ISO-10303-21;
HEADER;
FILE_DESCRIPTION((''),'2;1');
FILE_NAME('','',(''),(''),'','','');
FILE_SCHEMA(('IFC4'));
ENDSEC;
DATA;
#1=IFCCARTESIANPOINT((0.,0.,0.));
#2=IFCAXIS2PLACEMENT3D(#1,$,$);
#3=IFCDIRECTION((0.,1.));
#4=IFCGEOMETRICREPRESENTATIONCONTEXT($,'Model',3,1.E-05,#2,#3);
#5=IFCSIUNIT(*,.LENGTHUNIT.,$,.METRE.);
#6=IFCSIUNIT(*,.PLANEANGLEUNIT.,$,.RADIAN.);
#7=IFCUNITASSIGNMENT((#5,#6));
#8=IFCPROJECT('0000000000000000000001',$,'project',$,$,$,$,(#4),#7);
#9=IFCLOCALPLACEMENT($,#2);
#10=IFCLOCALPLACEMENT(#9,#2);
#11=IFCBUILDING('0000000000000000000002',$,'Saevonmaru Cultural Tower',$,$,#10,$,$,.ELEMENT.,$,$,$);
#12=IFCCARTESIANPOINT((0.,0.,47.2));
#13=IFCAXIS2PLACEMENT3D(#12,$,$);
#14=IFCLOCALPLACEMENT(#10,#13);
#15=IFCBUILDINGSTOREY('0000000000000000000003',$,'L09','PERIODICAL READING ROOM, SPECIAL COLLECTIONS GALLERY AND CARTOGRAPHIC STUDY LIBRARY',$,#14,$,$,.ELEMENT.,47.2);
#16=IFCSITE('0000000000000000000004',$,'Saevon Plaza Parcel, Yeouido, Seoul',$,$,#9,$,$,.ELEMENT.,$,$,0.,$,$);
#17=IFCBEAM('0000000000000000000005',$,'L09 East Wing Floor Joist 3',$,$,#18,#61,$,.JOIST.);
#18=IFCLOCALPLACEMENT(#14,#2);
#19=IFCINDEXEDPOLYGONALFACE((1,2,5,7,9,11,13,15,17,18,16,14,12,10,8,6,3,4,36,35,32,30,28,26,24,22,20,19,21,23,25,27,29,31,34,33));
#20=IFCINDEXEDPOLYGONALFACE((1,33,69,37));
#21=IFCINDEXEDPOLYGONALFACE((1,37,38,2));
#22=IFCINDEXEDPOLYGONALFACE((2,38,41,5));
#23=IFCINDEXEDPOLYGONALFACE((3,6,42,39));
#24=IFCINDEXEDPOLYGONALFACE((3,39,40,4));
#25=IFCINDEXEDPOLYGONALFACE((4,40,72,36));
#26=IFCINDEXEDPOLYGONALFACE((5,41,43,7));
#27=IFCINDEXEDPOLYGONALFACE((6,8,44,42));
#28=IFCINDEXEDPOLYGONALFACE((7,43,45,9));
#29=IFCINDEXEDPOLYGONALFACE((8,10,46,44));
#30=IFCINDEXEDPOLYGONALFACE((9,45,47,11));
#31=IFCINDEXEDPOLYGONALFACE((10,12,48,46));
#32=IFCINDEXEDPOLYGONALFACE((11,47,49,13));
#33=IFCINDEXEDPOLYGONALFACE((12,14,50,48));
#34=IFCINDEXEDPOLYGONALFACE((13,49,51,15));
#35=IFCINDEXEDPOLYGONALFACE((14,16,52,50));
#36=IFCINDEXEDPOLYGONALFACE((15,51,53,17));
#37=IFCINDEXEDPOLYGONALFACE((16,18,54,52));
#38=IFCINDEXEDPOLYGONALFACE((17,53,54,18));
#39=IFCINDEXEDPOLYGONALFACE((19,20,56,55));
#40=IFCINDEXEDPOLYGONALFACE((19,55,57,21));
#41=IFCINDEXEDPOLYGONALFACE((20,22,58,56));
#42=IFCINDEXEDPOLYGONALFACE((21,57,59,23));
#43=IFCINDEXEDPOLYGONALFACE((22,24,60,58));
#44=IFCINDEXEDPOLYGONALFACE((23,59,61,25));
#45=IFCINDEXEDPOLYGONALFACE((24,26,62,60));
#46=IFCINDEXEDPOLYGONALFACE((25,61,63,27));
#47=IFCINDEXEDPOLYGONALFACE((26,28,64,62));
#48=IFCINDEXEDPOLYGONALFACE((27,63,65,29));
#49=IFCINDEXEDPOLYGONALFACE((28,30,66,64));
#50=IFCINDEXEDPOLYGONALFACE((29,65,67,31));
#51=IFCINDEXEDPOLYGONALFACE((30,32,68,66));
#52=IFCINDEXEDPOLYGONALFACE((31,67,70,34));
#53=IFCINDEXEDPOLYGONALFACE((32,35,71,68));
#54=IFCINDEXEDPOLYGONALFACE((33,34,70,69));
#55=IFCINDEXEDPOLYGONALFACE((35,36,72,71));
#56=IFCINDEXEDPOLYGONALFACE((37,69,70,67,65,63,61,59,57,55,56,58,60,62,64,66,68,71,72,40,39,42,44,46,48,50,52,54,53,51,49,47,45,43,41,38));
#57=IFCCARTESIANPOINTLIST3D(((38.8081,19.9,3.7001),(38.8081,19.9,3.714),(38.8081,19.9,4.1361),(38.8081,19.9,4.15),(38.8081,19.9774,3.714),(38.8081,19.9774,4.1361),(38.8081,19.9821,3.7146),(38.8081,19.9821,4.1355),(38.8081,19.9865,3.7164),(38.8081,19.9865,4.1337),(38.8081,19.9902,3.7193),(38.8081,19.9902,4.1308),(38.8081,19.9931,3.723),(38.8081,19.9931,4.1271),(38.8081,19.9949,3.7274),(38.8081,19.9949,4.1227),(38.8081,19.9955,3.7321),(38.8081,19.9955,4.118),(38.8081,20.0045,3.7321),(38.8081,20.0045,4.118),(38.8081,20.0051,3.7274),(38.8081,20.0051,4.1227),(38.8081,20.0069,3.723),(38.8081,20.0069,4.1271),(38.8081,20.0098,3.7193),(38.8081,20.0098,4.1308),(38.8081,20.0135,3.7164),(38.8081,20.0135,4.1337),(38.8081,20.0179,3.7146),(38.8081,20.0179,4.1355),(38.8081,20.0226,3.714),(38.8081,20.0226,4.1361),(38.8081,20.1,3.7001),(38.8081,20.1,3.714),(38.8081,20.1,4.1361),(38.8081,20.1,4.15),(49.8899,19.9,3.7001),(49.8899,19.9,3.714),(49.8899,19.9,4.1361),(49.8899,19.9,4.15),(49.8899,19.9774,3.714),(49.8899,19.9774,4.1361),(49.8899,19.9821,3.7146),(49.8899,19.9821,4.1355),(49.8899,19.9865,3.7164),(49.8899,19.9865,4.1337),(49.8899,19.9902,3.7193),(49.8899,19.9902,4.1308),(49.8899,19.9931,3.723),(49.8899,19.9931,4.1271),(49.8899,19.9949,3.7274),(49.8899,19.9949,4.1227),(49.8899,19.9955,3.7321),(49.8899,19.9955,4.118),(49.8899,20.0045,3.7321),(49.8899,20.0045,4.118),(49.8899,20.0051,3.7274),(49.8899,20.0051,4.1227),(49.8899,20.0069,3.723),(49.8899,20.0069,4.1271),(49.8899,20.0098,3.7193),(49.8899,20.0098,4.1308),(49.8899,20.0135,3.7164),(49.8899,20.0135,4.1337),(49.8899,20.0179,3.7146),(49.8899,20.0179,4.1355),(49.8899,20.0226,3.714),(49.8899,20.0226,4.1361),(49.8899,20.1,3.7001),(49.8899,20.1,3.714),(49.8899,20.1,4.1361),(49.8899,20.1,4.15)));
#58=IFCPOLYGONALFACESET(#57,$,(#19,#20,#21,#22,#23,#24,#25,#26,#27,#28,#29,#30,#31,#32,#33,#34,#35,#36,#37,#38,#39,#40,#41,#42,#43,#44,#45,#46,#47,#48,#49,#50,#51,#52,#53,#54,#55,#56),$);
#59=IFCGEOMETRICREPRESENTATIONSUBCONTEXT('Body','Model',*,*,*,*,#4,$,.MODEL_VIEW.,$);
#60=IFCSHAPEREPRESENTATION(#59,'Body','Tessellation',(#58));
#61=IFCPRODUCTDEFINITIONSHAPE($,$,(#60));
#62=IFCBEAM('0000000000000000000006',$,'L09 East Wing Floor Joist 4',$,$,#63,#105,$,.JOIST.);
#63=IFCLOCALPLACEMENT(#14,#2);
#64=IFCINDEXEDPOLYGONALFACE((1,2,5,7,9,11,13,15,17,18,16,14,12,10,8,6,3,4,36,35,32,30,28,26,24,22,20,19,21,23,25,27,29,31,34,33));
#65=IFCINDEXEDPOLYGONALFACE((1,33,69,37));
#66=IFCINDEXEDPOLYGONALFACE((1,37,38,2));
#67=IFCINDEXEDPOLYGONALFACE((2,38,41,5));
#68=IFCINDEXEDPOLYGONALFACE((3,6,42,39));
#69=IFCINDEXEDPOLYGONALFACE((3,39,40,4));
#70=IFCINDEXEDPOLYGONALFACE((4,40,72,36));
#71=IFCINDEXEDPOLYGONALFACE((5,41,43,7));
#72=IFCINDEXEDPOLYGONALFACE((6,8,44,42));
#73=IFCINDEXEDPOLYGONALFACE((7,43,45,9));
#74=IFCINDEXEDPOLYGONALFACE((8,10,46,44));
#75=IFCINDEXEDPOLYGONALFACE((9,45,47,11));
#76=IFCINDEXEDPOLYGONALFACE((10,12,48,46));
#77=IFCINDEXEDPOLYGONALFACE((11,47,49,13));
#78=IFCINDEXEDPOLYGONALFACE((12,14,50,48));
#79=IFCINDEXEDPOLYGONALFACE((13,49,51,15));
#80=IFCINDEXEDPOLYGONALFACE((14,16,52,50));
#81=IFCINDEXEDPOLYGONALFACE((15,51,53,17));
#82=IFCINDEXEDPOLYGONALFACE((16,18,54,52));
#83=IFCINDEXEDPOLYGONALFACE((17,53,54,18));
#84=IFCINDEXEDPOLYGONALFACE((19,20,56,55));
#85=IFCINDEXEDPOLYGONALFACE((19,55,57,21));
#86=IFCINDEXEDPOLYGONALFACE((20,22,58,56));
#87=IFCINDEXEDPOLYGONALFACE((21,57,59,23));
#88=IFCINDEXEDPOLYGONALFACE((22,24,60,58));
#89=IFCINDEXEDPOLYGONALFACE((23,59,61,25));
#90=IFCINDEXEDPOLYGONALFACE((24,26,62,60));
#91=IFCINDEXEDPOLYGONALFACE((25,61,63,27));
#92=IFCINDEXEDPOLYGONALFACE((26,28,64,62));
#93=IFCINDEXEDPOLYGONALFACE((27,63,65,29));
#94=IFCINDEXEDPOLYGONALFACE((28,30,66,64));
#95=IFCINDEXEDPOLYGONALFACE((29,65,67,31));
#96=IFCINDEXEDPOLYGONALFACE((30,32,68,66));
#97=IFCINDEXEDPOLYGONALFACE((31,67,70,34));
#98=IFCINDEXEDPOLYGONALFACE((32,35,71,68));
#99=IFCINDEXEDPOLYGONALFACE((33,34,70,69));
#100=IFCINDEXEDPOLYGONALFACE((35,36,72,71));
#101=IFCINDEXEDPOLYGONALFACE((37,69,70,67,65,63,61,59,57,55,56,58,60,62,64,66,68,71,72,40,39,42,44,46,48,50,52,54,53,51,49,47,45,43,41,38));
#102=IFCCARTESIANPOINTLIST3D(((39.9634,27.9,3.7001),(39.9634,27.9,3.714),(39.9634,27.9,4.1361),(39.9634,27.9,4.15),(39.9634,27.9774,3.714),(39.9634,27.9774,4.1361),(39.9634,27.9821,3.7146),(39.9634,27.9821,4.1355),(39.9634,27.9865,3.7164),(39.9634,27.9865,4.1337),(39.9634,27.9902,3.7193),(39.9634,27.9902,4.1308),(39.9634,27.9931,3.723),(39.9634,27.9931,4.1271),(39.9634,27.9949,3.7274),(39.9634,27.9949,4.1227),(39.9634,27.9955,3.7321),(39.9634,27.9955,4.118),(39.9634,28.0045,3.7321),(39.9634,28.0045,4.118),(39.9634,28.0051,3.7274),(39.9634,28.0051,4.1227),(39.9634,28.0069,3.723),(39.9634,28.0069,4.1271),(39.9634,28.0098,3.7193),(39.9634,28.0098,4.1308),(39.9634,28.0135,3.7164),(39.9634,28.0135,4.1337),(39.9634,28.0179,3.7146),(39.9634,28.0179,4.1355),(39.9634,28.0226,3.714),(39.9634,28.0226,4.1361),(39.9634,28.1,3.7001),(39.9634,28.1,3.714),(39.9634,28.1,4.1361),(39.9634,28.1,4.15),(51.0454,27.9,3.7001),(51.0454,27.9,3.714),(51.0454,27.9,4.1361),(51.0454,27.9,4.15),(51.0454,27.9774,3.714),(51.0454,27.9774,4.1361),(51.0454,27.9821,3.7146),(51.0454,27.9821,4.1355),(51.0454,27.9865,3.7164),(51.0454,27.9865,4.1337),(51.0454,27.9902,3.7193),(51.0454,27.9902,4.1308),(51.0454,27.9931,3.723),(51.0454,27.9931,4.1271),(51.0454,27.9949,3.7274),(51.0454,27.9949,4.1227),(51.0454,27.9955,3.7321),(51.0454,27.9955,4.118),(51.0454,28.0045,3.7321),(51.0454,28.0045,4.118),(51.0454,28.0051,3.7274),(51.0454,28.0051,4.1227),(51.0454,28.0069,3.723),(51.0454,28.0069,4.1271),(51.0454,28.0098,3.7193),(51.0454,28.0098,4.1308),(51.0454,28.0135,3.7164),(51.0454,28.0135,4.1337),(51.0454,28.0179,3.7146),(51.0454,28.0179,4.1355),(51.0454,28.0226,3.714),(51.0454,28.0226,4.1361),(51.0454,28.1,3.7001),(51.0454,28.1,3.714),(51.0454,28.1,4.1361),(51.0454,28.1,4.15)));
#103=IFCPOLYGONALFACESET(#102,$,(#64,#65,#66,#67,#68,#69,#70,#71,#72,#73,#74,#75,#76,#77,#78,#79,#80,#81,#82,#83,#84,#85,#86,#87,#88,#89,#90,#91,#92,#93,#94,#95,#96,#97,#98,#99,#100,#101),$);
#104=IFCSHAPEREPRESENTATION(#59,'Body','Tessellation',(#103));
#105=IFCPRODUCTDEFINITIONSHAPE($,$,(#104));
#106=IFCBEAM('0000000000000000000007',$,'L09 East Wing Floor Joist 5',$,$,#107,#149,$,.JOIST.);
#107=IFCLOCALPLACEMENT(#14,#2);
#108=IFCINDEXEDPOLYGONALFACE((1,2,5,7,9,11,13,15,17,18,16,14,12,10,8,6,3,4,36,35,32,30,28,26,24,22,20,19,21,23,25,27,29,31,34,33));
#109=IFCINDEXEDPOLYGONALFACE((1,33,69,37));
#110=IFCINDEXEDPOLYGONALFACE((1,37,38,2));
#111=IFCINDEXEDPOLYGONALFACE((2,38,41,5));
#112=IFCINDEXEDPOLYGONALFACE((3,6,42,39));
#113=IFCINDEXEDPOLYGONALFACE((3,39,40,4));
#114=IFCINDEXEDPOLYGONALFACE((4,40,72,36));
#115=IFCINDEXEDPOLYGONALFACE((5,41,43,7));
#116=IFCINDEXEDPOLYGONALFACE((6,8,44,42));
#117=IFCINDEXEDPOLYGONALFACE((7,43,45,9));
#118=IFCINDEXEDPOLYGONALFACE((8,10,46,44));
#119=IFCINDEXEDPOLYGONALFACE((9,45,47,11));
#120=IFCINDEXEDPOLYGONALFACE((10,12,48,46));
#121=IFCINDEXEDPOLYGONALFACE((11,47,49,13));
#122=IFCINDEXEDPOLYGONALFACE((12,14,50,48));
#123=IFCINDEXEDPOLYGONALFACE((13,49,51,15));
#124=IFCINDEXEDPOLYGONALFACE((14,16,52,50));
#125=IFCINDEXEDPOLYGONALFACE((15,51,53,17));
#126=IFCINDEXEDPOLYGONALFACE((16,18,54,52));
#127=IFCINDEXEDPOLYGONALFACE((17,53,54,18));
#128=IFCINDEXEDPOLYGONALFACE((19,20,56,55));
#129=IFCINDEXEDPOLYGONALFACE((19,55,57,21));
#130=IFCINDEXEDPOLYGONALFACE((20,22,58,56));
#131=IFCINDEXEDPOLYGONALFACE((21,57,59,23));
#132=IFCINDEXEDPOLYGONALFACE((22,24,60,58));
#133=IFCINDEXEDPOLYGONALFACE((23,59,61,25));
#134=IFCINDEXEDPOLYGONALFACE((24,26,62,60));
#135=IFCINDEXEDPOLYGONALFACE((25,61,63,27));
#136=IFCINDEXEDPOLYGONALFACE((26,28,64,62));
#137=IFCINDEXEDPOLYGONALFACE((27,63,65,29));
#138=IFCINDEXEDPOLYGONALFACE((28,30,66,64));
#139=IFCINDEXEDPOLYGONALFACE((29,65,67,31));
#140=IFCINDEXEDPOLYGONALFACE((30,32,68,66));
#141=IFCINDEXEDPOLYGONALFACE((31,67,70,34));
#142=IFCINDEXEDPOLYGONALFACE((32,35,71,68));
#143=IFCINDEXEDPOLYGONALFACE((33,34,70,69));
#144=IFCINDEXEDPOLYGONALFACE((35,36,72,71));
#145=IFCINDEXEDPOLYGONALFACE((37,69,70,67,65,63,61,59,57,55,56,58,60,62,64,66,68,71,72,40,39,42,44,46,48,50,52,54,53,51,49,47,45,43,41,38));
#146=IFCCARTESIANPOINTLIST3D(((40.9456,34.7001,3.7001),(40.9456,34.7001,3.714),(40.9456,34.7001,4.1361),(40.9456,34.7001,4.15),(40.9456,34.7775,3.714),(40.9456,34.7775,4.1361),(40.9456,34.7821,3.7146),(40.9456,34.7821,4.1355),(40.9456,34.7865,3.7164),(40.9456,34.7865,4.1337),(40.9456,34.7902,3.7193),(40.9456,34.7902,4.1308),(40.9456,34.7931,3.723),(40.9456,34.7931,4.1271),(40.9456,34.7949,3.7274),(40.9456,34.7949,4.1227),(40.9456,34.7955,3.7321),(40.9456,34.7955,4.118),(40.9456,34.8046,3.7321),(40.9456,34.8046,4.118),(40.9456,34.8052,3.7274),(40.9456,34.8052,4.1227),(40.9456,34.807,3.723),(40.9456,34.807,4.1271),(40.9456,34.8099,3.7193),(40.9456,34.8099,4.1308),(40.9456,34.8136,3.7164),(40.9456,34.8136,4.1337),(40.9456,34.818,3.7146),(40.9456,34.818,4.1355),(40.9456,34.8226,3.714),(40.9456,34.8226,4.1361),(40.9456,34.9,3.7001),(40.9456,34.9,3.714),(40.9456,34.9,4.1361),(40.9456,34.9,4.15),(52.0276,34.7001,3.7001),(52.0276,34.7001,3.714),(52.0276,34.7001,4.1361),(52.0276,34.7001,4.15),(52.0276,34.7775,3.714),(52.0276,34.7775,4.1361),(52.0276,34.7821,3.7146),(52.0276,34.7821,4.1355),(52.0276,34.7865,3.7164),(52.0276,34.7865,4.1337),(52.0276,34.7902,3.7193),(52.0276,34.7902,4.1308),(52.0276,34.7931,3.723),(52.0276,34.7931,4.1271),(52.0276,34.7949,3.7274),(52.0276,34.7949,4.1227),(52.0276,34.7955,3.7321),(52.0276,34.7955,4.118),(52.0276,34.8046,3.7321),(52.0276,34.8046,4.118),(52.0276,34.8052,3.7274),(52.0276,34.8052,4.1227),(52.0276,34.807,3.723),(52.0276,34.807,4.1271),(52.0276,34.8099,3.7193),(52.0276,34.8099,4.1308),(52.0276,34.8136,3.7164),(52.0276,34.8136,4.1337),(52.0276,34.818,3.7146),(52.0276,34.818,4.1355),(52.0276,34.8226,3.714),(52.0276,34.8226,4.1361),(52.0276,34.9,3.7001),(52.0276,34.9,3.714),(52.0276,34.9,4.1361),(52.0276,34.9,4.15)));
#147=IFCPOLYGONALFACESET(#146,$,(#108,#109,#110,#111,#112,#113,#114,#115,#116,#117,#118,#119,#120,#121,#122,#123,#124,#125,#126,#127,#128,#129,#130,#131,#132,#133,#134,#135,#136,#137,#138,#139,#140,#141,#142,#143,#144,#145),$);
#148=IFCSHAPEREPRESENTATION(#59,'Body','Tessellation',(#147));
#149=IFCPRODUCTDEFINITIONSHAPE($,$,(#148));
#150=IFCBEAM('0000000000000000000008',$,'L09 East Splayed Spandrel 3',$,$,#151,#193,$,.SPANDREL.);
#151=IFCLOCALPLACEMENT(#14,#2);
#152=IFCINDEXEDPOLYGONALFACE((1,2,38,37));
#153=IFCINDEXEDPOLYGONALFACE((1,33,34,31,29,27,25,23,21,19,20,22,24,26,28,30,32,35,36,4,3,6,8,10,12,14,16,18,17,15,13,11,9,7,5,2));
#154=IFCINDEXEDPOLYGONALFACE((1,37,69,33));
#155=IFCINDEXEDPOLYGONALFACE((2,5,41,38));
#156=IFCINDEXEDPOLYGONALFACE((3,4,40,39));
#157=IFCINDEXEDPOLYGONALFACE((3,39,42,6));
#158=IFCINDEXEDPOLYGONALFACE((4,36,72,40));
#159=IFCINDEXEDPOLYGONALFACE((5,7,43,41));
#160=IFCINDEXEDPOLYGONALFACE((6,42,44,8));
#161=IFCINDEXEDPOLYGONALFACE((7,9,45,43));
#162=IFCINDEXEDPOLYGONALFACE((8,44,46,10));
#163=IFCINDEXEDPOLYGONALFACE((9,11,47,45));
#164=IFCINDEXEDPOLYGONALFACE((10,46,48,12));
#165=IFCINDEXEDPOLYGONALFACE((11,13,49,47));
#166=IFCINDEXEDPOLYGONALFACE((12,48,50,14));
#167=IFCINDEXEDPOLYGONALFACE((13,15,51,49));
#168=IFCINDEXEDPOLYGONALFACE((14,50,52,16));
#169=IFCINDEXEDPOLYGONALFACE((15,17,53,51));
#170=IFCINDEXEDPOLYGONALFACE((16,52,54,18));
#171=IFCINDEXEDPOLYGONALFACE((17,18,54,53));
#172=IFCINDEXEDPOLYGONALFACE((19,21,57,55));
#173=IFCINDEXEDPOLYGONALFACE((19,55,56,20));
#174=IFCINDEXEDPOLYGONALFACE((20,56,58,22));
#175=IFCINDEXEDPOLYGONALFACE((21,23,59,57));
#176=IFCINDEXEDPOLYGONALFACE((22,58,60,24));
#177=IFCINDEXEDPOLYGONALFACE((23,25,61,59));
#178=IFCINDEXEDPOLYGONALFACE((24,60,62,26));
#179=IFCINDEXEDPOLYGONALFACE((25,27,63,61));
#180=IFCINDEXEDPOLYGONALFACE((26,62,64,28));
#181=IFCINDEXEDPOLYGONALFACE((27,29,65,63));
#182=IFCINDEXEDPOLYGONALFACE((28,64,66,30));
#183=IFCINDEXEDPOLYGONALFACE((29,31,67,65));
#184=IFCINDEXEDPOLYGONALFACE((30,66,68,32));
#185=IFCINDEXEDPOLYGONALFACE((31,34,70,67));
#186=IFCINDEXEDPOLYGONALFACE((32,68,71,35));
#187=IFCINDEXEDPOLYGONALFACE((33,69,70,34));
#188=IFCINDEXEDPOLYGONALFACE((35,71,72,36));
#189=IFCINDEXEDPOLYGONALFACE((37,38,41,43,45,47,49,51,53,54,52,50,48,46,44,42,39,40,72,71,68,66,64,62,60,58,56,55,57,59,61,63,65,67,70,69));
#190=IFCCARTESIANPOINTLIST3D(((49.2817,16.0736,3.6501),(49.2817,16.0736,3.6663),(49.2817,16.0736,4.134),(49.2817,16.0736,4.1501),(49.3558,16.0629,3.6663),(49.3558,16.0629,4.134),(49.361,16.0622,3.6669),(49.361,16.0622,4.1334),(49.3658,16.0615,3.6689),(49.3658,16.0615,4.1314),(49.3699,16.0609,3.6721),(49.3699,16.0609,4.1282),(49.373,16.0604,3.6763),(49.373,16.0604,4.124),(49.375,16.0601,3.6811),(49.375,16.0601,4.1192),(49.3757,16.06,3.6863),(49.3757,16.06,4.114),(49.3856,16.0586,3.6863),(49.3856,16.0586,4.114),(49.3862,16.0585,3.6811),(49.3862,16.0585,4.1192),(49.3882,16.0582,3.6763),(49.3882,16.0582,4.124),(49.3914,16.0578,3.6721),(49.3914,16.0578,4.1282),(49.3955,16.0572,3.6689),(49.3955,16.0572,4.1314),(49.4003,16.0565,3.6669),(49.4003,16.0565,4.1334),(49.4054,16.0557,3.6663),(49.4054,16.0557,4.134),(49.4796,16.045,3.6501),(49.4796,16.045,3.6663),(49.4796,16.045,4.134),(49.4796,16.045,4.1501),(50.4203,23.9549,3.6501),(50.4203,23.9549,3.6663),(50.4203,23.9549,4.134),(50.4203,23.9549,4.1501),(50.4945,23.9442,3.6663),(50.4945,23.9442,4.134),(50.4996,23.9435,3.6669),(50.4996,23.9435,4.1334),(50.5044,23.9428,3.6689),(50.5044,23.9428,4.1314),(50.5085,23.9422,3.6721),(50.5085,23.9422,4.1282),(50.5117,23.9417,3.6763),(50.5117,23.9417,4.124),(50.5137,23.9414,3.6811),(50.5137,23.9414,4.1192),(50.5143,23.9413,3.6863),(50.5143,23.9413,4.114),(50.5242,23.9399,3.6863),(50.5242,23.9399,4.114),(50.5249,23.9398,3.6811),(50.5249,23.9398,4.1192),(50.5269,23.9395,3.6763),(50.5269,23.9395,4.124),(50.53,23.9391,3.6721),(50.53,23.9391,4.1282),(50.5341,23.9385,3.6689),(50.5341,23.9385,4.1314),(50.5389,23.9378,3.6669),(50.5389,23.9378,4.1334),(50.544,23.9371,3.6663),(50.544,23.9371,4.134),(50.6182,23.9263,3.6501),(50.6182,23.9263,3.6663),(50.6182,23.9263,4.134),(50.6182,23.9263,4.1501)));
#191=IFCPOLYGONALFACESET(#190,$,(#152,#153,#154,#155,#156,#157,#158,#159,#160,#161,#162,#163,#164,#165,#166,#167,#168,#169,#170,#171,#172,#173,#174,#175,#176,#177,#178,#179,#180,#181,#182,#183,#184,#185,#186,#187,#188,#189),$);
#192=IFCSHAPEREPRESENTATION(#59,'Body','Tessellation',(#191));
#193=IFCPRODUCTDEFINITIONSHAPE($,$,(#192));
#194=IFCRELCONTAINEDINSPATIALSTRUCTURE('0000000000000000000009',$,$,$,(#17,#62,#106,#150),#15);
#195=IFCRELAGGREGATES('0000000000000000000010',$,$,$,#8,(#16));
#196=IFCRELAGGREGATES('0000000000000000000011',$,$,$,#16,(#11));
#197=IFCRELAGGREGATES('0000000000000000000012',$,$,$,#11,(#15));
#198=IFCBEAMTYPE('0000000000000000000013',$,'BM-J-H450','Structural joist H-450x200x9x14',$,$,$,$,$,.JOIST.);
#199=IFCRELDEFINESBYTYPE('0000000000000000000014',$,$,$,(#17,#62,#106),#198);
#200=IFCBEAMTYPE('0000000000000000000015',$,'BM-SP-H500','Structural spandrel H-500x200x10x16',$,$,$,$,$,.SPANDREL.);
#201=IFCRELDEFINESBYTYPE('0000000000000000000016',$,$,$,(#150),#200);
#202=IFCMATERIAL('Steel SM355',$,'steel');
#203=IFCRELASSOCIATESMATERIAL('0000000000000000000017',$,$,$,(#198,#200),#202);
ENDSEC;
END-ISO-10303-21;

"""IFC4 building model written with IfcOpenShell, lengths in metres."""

from ifc_helpers import new_model, si_unit, direction, frame, origin, origin_2d, place, context, subcontext, project, spatial, i_section, extrude, material, material_profile, profile_set, type_object, element, save


model = new_model("IFC4")

# Units and contexts
model_context = context("Model", 3, precision=1e-05, world=origin(), true_north=direction((0.0, 1.0)))
body_context = subcontext(model_context, "Body", "Model", "MODEL_VIEW")
ifc_project = project(units=[si_unit("LENGTHUNIT", "METRE"), si_unit("PLANEANGLEUNIT", "RADIAN")], contexts=[model_context])

# Site, building, storey
site_placement = place(None, origin())
site = spatial("IfcSite", under=ifc_project, at=site_placement, Name="Saevon Plaza Parcel, Yeouido, Seoul", CompositionType="ELEMENT", RefElevation=0.0)
building_placement = place(site_placement, origin())
building = spatial("IfcBuilding", under=site, at=building_placement, Name="Saevonmaru Cultural Tower", CompositionType="ELEMENT")
storey_placement = place(building_placement, frame((0.0, 0.0, 47.2)))
storey = spatial("IfcBuildingStorey", under=building, at=storey_placement, Name="L09", Description="PERIODICAL READING ROOM, SPECIAL COLLECTIONS GALLERY AND CARTOGRAPHIC STUDY LIBRARY", CompositionType="ELEMENT", Elevation=47.2)

# Beams
ifc_material_1 = material(Name="Steel SM355", Category="steel")
ifc_material_profile_1 = material_profile(ifc_material_1, i_section(OverallWidth=0.2, OverallDepth=0.45, WebThickness=0.009, FlangeThickness=0.0139, FilletRadius=0.0181, at=origin_2d()), Name="H-450x200x9x14")
ifc_profile_set_1 = profile_set([ifc_material_profile_1], Name="Steel SM355")
beam_type_1 = type_object("IfcBeamType", Name="BM-J-H450", Description="Structural joist H-450x200x9x14", PredefinedType="JOIST", material=ifc_profile_set_1)
beam_1_placement = place(storey_placement, frame((38.8081, 20.0, 3.925), z_axis=(1.0, 0.0, 0.0), x_axis=(0.0, 1.0, 0.0)))
element("IfcBeam", 1, at=beam_1_placement, inside=storey, type_object=beam_type_1, Name="L09 East Wing Floor Joist 3", PredefinedType="JOIST", context=body_context, shape_type="SweptSolid", body=[
    extrude(i_section(OverallWidth=0.2, OverallDepth=0.45, WebThickness=0.009, FlangeThickness=0.0139, FilletRadius=0.0181, at=origin_2d()), origin(), (0.0, 0.0, 1.0), 11.0818),
])
for number, where, z_axis, x_axis, name in (
    (2, (39.9634, 28.0, 3.925), (1.0, 0.0, 0.0), (0.0, 1.0, 0.0), "L09 East Wing Floor Joist 4"),
    (3, (40.9456, 34.8, 3.925), (1.0, 0.0, 0.0), (0.0, 1.0, 0.0), "L09 East Wing Floor Joist 5"),
):
    element("IfcBeam", number, at=place(storey_placement, frame(where, z_axis=z_axis, x_axis=x_axis)), inside=storey, type_object=beam_type_1, Name=name, PredefinedType="JOIST", context=body_context, shape_type="SweptSolid", body=[
        extrude(i_section(OverallWidth=0.2, OverallDepth=0.45, WebThickness=0.009, FlangeThickness=0.0139, FilletRadius=0.0181, at=origin_2d()), origin(), (0.0, 0.0, 1.0), 11.082),
    ])
ifc_material_profile_2 = material_profile(ifc_material_1, i_section(OverallWidth=0.2, OverallDepth=0.5, WebThickness=0.01, FlangeThickness=0.0161, FilletRadius=0.02, at=origin_2d()), Name="H-500x200x10x16")
ifc_profile_set_2 = profile_set([ifc_material_profile_2], Name="Steel SM355")
beam_type_2 = type_object("IfcBeamType", Name="BM-SP-H500", Description="Structural spandrel H-500x200x10x16", PredefinedType="SPANDREL", material=ifc_profile_set_2)
beam_2_placement = place(storey_placement, frame((49.3806, 16.0593, 3.9001), z_axis=(0.142992, 0.989724, 0.0), x_axis=(-0.989724, 0.142992, 0.0)))
element("IfcBeam", 4, at=beam_2_placement, inside=storey, type_object=beam_type_2, Name="L09 East Splayed Spandrel 3", PredefinedType="SPANDREL", context=body_context, shape_type="SweptSolid", body=[
    extrude(i_section(OverallWidth=0.2, OverallDepth=0.5, WebThickness=0.01, FlangeThickness=0.0161, FilletRadius=0.02, at=origin_2d()), origin(), (0.0, 0.0, 1.0), 7.9631),
])

save(model, "model.ifc")
